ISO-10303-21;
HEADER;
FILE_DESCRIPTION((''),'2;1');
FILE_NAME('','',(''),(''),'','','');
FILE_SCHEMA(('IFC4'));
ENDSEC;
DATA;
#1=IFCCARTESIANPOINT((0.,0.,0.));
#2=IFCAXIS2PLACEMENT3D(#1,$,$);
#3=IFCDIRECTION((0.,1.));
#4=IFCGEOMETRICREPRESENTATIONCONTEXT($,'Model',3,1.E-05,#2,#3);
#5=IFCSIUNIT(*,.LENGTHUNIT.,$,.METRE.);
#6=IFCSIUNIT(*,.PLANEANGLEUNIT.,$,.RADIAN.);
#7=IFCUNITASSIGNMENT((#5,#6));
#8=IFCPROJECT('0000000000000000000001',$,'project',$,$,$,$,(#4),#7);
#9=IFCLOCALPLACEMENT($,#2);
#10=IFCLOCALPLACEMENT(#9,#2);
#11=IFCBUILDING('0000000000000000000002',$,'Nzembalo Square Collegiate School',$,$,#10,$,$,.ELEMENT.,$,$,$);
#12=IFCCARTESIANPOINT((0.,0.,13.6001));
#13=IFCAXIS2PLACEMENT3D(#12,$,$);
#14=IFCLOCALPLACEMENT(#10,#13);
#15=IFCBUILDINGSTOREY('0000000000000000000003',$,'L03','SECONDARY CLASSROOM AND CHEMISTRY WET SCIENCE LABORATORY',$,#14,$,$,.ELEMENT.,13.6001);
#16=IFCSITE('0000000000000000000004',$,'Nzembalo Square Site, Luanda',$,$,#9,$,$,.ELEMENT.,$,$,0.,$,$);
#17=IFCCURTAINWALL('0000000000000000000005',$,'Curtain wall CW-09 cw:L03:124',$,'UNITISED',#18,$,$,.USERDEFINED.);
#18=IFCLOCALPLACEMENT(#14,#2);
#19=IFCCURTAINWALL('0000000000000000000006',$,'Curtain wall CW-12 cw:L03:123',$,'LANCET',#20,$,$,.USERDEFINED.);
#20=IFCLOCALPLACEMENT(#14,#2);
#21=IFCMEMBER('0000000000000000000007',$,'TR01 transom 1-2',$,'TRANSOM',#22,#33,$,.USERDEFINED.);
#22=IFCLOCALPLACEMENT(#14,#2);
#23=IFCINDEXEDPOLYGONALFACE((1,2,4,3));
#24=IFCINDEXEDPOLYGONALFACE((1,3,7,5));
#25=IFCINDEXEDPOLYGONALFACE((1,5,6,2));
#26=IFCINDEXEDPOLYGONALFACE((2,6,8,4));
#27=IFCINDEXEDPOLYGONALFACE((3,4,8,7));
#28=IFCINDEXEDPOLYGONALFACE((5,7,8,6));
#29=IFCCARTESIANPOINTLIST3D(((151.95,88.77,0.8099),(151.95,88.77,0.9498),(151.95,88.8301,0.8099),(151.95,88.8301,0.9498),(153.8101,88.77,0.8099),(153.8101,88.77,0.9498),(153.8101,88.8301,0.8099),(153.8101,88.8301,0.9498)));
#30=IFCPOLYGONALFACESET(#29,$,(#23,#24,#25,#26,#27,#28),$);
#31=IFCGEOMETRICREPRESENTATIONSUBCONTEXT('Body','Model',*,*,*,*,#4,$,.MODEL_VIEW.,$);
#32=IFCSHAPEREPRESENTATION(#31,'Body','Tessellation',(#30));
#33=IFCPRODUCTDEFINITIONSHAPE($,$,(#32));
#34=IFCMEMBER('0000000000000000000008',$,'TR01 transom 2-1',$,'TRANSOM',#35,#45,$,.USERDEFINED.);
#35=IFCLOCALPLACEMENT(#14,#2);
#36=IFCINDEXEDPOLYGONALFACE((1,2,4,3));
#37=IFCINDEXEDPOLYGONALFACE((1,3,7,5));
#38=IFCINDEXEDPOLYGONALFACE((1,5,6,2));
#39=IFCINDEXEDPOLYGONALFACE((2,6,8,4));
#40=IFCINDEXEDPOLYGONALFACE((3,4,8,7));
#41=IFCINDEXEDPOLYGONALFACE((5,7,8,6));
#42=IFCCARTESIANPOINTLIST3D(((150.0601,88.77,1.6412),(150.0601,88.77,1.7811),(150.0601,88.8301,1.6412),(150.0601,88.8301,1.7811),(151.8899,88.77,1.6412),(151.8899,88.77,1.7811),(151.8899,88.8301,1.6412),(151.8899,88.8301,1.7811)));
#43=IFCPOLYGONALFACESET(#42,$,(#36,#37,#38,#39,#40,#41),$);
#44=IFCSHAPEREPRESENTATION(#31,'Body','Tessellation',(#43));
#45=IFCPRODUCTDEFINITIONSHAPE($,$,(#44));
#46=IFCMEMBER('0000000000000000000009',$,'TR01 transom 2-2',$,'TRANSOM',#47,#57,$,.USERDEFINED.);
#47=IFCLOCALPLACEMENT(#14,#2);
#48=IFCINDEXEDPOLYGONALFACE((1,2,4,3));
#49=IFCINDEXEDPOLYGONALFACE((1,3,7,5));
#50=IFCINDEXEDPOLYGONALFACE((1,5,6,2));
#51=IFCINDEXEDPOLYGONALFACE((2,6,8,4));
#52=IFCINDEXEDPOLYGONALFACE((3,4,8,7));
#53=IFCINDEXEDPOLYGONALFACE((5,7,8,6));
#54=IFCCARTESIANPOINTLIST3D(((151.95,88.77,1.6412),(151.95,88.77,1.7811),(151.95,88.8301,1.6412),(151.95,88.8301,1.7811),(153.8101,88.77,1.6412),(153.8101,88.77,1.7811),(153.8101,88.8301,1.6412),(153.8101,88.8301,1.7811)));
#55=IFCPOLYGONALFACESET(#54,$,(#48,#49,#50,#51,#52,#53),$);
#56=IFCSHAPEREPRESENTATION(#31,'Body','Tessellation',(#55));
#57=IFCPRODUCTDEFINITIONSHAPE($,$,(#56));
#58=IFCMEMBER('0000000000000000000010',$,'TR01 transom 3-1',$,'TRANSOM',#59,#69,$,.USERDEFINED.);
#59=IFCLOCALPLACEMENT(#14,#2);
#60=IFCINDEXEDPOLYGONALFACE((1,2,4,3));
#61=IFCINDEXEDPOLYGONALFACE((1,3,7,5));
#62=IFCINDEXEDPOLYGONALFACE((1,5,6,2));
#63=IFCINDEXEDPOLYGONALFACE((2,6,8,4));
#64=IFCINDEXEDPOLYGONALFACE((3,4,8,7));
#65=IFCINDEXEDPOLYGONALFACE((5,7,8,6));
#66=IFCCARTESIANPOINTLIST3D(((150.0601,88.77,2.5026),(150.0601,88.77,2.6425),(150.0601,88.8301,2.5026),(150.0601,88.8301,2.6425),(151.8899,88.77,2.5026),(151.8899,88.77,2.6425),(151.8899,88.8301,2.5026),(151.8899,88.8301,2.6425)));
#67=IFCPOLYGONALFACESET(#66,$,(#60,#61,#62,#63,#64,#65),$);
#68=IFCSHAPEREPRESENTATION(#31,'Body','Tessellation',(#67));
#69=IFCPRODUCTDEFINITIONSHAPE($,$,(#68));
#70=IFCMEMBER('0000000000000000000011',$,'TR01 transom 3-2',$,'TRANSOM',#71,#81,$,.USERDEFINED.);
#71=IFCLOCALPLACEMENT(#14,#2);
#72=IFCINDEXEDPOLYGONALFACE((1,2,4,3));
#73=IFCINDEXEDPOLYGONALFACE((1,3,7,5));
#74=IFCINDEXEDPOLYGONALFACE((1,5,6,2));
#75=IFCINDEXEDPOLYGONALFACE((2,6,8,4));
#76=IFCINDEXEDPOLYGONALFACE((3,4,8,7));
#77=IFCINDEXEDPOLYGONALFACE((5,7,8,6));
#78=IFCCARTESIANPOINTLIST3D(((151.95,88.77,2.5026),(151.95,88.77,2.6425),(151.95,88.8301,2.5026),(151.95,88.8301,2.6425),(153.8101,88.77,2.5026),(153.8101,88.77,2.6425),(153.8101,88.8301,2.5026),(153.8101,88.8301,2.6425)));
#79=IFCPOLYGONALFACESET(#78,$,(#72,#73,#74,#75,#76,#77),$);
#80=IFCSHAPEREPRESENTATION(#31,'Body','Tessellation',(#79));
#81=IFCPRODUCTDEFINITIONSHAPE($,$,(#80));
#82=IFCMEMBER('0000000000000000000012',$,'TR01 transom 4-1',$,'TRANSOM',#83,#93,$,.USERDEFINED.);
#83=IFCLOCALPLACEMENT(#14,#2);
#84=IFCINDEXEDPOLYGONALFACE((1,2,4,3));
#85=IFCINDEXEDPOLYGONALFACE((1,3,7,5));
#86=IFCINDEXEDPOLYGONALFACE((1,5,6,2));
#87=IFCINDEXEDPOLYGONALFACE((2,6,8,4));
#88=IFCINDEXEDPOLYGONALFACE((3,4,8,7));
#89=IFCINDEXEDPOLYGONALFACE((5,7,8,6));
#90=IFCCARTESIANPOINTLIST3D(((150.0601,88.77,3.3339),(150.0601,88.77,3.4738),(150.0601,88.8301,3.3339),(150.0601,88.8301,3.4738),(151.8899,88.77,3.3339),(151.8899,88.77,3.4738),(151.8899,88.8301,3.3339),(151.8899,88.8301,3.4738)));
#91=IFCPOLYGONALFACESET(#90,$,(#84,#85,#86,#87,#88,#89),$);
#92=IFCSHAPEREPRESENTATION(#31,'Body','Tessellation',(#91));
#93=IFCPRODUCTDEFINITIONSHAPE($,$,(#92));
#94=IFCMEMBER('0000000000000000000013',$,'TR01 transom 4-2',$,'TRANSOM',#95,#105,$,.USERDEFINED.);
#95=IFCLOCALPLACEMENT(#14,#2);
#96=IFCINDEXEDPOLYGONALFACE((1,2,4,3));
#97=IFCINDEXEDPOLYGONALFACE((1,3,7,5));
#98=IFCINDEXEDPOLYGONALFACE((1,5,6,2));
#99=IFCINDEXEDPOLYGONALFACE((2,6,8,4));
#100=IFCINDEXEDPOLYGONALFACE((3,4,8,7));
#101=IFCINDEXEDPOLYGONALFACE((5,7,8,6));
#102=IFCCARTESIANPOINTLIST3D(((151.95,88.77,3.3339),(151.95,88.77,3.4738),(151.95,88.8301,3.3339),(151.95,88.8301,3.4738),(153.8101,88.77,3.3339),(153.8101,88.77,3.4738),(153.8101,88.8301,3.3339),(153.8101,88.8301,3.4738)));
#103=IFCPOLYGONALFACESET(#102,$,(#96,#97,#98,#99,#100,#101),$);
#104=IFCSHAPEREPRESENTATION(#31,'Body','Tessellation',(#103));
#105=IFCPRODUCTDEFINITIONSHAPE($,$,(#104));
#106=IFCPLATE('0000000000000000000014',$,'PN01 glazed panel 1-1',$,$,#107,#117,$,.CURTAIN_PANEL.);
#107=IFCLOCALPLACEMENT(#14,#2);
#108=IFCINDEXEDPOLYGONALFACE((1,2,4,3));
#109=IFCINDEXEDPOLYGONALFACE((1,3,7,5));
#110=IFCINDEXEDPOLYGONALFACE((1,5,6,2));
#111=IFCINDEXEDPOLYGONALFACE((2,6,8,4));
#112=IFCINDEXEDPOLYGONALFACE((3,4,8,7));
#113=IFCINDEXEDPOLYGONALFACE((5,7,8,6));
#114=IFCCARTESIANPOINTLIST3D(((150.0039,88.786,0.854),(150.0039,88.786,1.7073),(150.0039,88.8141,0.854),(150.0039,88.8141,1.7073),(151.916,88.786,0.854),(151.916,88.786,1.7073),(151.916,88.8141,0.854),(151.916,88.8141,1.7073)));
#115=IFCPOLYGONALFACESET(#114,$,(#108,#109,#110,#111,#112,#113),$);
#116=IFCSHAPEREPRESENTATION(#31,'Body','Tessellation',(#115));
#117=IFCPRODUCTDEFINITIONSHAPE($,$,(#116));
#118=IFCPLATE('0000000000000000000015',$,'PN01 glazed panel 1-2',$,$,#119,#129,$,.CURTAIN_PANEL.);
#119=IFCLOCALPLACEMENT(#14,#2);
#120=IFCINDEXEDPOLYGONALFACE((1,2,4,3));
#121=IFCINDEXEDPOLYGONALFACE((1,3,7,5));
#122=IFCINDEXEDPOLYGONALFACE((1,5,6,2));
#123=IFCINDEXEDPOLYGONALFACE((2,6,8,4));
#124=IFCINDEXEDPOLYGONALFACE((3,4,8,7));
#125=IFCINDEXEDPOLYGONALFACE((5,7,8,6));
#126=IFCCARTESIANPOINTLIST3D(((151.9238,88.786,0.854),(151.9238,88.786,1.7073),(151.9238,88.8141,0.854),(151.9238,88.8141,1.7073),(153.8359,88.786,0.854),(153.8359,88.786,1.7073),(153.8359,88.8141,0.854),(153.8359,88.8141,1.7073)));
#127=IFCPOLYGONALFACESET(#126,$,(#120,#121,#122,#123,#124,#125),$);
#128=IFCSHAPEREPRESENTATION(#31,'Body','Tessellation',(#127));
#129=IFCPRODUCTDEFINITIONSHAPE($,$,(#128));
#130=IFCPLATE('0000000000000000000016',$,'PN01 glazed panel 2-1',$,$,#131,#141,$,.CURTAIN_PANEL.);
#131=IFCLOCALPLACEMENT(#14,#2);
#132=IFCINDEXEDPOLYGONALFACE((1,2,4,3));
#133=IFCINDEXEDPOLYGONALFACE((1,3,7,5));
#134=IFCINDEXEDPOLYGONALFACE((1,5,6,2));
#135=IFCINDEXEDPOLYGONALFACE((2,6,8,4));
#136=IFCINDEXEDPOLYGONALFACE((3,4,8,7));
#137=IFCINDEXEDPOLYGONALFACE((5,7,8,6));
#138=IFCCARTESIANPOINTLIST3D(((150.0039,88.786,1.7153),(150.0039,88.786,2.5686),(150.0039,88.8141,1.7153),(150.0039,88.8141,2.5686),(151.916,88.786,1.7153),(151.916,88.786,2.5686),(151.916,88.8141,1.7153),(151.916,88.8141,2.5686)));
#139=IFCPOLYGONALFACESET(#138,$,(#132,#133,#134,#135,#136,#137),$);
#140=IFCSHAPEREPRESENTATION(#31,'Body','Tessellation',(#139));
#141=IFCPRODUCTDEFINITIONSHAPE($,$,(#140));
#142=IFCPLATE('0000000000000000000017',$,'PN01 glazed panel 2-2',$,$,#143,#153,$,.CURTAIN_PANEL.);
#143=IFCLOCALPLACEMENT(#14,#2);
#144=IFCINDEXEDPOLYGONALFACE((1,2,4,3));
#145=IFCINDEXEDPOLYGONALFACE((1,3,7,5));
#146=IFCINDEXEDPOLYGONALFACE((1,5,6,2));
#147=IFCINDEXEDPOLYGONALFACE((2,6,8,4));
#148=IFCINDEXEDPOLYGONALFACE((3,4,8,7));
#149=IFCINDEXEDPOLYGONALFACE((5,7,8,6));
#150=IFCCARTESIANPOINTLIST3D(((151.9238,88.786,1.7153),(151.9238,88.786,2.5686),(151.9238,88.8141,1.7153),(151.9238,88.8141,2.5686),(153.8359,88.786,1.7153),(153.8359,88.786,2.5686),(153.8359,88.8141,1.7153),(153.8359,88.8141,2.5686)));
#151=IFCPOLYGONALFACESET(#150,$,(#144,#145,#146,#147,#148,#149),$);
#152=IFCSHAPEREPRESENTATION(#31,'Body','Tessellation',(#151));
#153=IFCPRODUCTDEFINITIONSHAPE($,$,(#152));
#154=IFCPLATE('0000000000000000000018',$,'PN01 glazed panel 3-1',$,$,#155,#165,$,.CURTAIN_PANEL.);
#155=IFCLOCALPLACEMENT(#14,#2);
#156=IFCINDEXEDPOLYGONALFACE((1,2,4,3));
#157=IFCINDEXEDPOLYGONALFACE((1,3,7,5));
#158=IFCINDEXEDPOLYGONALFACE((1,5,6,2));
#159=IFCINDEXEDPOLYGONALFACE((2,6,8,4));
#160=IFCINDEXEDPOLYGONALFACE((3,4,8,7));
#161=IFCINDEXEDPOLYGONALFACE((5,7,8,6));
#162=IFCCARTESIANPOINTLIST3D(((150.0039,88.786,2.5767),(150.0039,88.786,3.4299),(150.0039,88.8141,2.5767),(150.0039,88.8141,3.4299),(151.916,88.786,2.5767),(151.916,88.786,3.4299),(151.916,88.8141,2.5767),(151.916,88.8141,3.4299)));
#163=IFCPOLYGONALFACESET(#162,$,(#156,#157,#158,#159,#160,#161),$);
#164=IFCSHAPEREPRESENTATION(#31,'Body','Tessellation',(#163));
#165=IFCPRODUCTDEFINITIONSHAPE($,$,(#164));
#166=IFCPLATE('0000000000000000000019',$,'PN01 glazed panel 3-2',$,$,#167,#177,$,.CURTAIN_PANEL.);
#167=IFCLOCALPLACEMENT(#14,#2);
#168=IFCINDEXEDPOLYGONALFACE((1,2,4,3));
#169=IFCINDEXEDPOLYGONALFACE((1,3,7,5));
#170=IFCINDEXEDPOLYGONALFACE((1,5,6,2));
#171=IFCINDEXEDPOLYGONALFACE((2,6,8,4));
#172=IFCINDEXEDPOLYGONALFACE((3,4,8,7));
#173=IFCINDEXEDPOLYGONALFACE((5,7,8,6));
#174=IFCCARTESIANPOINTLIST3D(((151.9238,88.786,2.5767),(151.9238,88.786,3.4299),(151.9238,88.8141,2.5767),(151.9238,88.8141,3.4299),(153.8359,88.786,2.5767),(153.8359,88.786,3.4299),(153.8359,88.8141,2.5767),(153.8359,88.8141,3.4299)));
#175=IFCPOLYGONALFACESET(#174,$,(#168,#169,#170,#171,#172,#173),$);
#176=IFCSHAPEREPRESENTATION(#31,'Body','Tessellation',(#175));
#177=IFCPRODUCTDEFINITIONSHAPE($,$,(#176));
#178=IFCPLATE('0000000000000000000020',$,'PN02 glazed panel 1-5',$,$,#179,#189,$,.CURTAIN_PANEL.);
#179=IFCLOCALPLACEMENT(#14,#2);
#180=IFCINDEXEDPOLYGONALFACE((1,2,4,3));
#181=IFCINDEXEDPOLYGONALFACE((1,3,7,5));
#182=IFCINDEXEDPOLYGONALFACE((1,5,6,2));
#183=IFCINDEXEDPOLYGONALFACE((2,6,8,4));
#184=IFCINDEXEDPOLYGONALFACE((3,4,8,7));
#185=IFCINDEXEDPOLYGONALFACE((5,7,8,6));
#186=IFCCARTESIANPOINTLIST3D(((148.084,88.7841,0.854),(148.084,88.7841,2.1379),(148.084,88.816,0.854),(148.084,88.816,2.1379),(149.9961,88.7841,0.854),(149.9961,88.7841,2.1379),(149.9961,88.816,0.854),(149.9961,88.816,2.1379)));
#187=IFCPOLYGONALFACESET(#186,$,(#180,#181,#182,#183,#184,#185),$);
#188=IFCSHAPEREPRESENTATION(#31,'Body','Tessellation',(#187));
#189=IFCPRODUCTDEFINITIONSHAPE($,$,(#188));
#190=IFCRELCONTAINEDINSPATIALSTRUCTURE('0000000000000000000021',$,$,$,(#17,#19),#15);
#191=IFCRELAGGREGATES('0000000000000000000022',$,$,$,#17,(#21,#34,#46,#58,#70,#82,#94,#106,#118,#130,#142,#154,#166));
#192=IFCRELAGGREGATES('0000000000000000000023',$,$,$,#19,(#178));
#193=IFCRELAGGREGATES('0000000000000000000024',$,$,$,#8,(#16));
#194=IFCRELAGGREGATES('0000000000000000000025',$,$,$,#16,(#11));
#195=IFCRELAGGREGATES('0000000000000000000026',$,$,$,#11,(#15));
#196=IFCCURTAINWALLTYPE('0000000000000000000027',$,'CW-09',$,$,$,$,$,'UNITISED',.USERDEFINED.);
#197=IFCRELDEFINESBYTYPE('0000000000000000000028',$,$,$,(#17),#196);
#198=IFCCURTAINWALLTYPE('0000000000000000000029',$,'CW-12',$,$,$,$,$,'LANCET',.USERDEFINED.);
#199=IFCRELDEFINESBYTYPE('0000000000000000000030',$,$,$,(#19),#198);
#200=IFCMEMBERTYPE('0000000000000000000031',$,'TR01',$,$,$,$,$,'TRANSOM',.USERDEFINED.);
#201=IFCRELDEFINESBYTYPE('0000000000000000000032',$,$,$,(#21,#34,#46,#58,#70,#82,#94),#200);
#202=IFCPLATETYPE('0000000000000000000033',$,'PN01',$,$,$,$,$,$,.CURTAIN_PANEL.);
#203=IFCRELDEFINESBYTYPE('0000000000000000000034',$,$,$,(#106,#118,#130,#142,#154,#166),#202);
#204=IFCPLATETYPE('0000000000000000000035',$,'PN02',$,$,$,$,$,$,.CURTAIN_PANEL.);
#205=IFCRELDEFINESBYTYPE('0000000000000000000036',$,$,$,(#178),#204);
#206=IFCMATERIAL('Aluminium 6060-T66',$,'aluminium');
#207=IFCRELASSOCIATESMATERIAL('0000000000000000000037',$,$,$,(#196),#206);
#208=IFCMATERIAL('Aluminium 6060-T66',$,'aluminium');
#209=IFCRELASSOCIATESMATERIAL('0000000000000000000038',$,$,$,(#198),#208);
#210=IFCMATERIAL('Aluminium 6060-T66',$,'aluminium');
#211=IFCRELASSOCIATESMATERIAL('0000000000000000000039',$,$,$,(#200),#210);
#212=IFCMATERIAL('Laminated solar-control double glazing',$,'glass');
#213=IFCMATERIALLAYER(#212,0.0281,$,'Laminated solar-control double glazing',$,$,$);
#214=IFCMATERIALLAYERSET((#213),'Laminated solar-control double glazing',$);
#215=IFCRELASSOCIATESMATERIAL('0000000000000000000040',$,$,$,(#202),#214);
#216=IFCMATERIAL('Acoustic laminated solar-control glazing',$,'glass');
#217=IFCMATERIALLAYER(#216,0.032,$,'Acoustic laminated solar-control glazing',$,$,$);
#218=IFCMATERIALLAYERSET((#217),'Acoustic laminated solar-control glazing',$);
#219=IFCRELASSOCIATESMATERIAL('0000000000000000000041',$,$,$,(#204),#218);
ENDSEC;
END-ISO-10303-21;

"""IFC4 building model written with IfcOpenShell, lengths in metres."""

from ifc_helpers import new_model, si_unit, direction, frame, origin, origin_2d, place, context, subcontext, project, spatial, rectangle, extrude, material, layer, layer_set, material_profile, profile_set, type_object, element, aggregate, save


model = new_model("IFC4")

# Units and contexts
model_context = context("Model", 3, precision=1e-05, world=origin(), true_north=direction((0.0, 1.0)))
body_context = subcontext(model_context, "Body", "Model", "MODEL_VIEW")
ifc_project = project(units=[si_unit("LENGTHUNIT", "METRE"), si_unit("PLANEANGLEUNIT", "RADIAN")], contexts=[model_context])

# Site, building, storey
site_placement = place(None, origin())
site = spatial("IfcSite", under=ifc_project, at=site_placement, Name="Nzembalo Square Site, Luanda", CompositionType="ELEMENT", RefElevation=0.0)
building_placement = place(site_placement, origin())
building = spatial("IfcBuilding", under=site, at=building_placement, Name="Nzembalo Square Collegiate School", CompositionType="ELEMENT")
storey_placement = place(building_placement, frame((0.0, 0.0, 13.6001)))
storey = spatial("IfcBuildingStorey", under=building, at=storey_placement, Name="L03", Description="SECONDARY CLASSROOM AND CHEMISTRY WET SCIENCE LABORATORY", CompositionType="ELEMENT", Elevation=13.6001)

# Curtain wall
ifc_material_1 = material(Name="Aluminium 6060-T66", Category="aluminium")
curtain_wall_type_1 = type_object("IfcCurtainWallType", Name="CW-09", ElementType="UNITISED", PredefinedType="USERDEFINED", material=ifc_material_1)
curtain_wall_1_placement = place(storey_placement, origin())
curtain_wall_1 = element("IfcCurtainWall", 1, at=curtain_wall_1_placement, inside=storey, type_object=curtain_wall_type_1, Name="Curtain wall CW-09 cw:L03:124", ObjectType="UNITISED", PredefinedType="USERDEFINED")

# Curtain wall
ifc_material_2 = material(Name="Aluminium 6060-T66", Category="aluminium")
curtain_wall_type_2 = type_object("IfcCurtainWallType", Name="CW-12", ElementType="LANCET", PredefinedType="USERDEFINED", material=ifc_material_2)
curtain_wall_2_placement = place(storey_placement, origin())
curtain_wall_2 = element("IfcCurtainWall", 2, at=curtain_wall_2_placement, inside=storey, type_object=curtain_wall_type_2, Name="Curtain wall CW-12 cw:L03:123", ObjectType="LANCET", PredefinedType="USERDEFINED")

# Members
ifc_material_3 = material(Name="Aluminium 6060-T66", Category="aluminium")
ifc_material_profile_1 = material_profile(ifc_material_3, rectangle(XDim=0.0601, YDim=0.1399, at=origin_2d()), Name="ALU T60x140")
ifc_profile_set_1 = profile_set([ifc_material_profile_1], Name="Aluminium 6060-T66")
member_type_1 = type_object("IfcMemberType", Name="TR01", ElementType="TRANSOM", PredefinedType="USERDEFINED", material=ifc_profile_set_1)
member_1_placement = place(storey_placement, frame((151.95, 88.8, 0.8799), z_axis=(1.0, 0.0, 0.0), x_axis=(0.0, 1.0, 0.0)))
member_1 = element("IfcMember", 3, at=member_1_placement, type_object=member_type_1, Name="TR01 transom 1-2", ObjectType="TRANSOM", PredefinedType="USERDEFINED", context=body_context, shape_type="SweptSolid", body=[
    extrude(rectangle(XDim=0.0601, YDim=0.1399, at=origin_2d()), origin(), (0.0, 0.0, 1.0), 1.8601),
])
member_2_placement = place(storey_placement, frame((150.0601, 88.8, 1.7112), z_axis=(1.0, 0.0, 0.0), x_axis=(0.0, 1.0, 0.0)))
member_2 = element("IfcMember", 4, at=member_2_placement, type_object=member_type_1, Name="TR01 transom 2-1", ObjectType="TRANSOM", PredefinedType="USERDEFINED", context=body_context, shape_type="SweptSolid", body=[
    extrude(rectangle(XDim=0.0601, YDim=0.1399, at=origin_2d()), origin(), (0.0, 0.0, 1.0), 1.8298),
])
member_3_placement = place(storey_placement, frame((151.95, 88.8, 1.7112), z_axis=(1.0, 0.0, 0.0), x_axis=(0.0, 1.0, 0.0)))
member_3 = element("IfcMember", 5, at=member_3_placement, type_object=member_type_1, Name="TR01 transom 2-2", ObjectType="TRANSOM", PredefinedType="USERDEFINED", context=body_context, shape_type="SweptSolid", body=[
    extrude(rectangle(XDim=0.0601, YDim=0.1399, at=origin_2d()), origin(), (0.0, 0.0, 1.0), 1.8601),
])
member_4_placement = place(storey_placement, frame((150.0601, 88.8, 2.5725), z_axis=(1.0, 0.0, 0.0), x_axis=(0.0, 1.0, 0.0)))
member_4 = element("IfcMember", 6, at=member_4_placement, type_object=member_type_1, Name="TR01 transom 3-1", ObjectType="TRANSOM", PredefinedType="USERDEFINED", context=body_context, shape_type="SweptSolid", body=[
    extrude(rectangle(XDim=0.0601, YDim=0.1399, at=origin_2d()), origin(), (0.0, 0.0, 1.0), 1.8298),
])
member_5_placement = place(storey_placement, frame((151.95, 88.8, 2.5725), z_axis=(1.0, 0.0, 0.0), x_axis=(0.0, 1.0, 0.0)))
member_5 = element("IfcMember", 7, at=member_5_placement, type_object=member_type_1, Name="TR01 transom 3-2", ObjectType="TRANSOM", PredefinedType="USERDEFINED", context=body_context, shape_type="SweptSolid", body=[
    extrude(rectangle(XDim=0.0601, YDim=0.1399, at=origin_2d()), origin(), (0.0, 0.0, 1.0), 1.8601),
])
member_6_placement = place(storey_placement, frame((150.0601, 88.8, 3.4038), z_axis=(1.0, 0.0, 0.0), x_axis=(0.0, 1.0, 0.0)))
member_6 = element("IfcMember", 8, at=member_6_placement, type_object=member_type_1, Name="TR01 transom 4-1", ObjectType="TRANSOM", PredefinedType="USERDEFINED", context=body_context, shape_type="SweptSolid", body=[
    extrude(rectangle(XDim=0.0601, YDim=0.1399, at=origin_2d()), origin(), (0.0, 0.0, 1.0), 1.8298),
])
member_7_placement = place(storey_placement, frame((151.95, 88.8, 3.4038), z_axis=(1.0, 0.0, 0.0), x_axis=(0.0, 1.0, 0.0)))
member_7 = element("IfcMember", 9, at=member_7_placement, type_object=member_type_1, Name="TR01 transom 4-2", ObjectType="TRANSOM", PredefinedType="USERDEFINED", context=body_context, shape_type="SweptSolid", body=[
    extrude(rectangle(XDim=0.0601, YDim=0.1399, at=origin_2d()), origin(), (0.0, 0.0, 1.0), 1.8601),
])

# Plates
ifc_material_4 = material(Name="Laminated solar-control double glazing", Category="glass")
ifc_layer_1 = layer(ifc_material_4, 0.0281, Name="Laminated solar-control double glazing")
ifc_layer_set_1 = layer_set([ifc_layer_1], Name="Laminated solar-control double glazing")
plate_type_1 = type_object("IfcPlateType", Name="PN01", PredefinedType="CURTAIN_PANEL", material=ifc_layer_set_1)
plate_1_placement = place(storey_placement, frame((150.96, 88.8, 0.854), z_axis=(0.0, 0.0, 1.0), x_axis=(1.0, 0.0, 0.0)))
plate_1 = element("IfcPlate", 10, at=plate_1_placement, type_object=plate_type_1, Name="PN01 glazed panel 1-1", PredefinedType="CURTAIN_PANEL", context=body_context, shape_type="SweptSolid", body=[
    extrude(rectangle(XDim=1.9121, YDim=0.0281, at=origin_2d()), origin(), (0.0, 0.0, 1.0), 0.8533),
])
plate_2_placement = place(storey_placement, frame((152.8799, 88.8, 0.854), z_axis=(0.0, 0.0, 1.0), x_axis=(1.0, 0.0, 0.0)))
plate_2 = element("IfcPlate", 11, at=plate_2_placement, type_object=plate_type_1, Name="PN01 glazed panel 1-2", PredefinedType="CURTAIN_PANEL", context=body_context, shape_type="SweptSolid", body=[
    extrude(rectangle(XDim=1.9121, YDim=0.0281, at=origin_2d()), origin(), (0.0, 0.0, 1.0), 0.8533),
])
plate_3_placement = place(storey_placement, frame((150.96, 88.8, 1.7153), z_axis=(0.0, 0.0, 1.0), x_axis=(1.0, 0.0, 0.0)))
plate_3 = element("IfcPlate", 12, at=plate_3_placement, type_object=plate_type_1, Name="PN01 glazed panel 2-1", PredefinedType="CURTAIN_PANEL", context=body_context, shape_type="SweptSolid", body=[
    extrude(rectangle(XDim=1.9121, YDim=0.0281, at=origin_2d()), origin(), (0.0, 0.0, 1.0), 0.8533),
])
plate_4_placement = place(storey_placement, frame((152.8799, 88.8, 1.7153), z_axis=(0.0, 0.0, 1.0), x_axis=(1.0, 0.0, 0.0)))
plate_4 = element("IfcPlate", 13, at=plate_4_placement, type_object=plate_type_1, Name="PN01 glazed panel 2-2", PredefinedType="CURTAIN_PANEL", context=body_context, shape_type="SweptSolid", body=[
    extrude(rectangle(XDim=1.9121, YDim=0.0281, at=origin_2d()), origin(), (0.0, 0.0, 1.0), 0.8533),
])
plate_5_placement = place(storey_placement, frame((150.96, 88.8, 2.5767), z_axis=(0.0, 0.0, 1.0), x_axis=(1.0, 0.0, 0.0)))
plate_5 = element("IfcPlate", 14, at=plate_5_placement, type_object=plate_type_1, Name="PN01 glazed panel 3-1", PredefinedType="CURTAIN_PANEL", context=body_context, shape_type="SweptSolid", body=[
    extrude(rectangle(XDim=1.9121, YDim=0.0281, at=origin_2d()), origin(), (0.0, 0.0, 1.0), 0.8533),
])
plate_6_placement = place(storey_placement, frame((152.8799, 88.8, 2.5767), z_axis=(0.0, 0.0, 1.0), x_axis=(1.0, 0.0, 0.0)))
plate_6 = element("IfcPlate", 15, at=plate_6_placement, type_object=plate_type_1, Name="PN01 glazed panel 3-2", PredefinedType="CURTAIN_PANEL", context=body_context, shape_type="SweptSolid", body=[
    extrude(rectangle(XDim=1.9121, YDim=0.0281, at=origin_2d()), origin(), (0.0, 0.0, 1.0), 0.8533),
])
aggregate(curtain_wall_1, [member_1, member_2, member_3, member_4, member_5, member_6, member_7, plate_1, plate_2, plate_3, plate_4, plate_5, plate_6])
ifc_material_5 = material(Name="Acoustic laminated solar-control glazing", Category="glass")
ifc_layer_2 = layer(ifc_material_5, 0.032, Name="Acoustic laminated solar-control glazing")
ifc_layer_set_2 = layer_set([ifc_layer_2], Name="Acoustic laminated solar-control glazing")
plate_type_2 = type_object("IfcPlateType", Name="PN02", PredefinedType="CURTAIN_PANEL", material=ifc_layer_set_2)
plate_7_placement = place(storey_placement, frame((149.04, 88.8, 0.854), z_axis=(0.0, 0.0, 1.0), x_axis=(1.0, 0.0, 0.0)))
plate_7 = element("IfcPlate", 16, at=plate_7_placement, type_object=plate_type_2, Name="PN02 glazed panel 1-5", PredefinedType="CURTAIN_PANEL", context=body_context, shape_type="SweptSolid", body=[
    extrude(rectangle(XDim=1.9121, YDim=0.032, at=origin_2d()), origin(), (0.0, 0.0, 1.0), 1.2839),
])
aggregate(curtain_wall_2, [plate_7])

save(model, "model.ifc")
